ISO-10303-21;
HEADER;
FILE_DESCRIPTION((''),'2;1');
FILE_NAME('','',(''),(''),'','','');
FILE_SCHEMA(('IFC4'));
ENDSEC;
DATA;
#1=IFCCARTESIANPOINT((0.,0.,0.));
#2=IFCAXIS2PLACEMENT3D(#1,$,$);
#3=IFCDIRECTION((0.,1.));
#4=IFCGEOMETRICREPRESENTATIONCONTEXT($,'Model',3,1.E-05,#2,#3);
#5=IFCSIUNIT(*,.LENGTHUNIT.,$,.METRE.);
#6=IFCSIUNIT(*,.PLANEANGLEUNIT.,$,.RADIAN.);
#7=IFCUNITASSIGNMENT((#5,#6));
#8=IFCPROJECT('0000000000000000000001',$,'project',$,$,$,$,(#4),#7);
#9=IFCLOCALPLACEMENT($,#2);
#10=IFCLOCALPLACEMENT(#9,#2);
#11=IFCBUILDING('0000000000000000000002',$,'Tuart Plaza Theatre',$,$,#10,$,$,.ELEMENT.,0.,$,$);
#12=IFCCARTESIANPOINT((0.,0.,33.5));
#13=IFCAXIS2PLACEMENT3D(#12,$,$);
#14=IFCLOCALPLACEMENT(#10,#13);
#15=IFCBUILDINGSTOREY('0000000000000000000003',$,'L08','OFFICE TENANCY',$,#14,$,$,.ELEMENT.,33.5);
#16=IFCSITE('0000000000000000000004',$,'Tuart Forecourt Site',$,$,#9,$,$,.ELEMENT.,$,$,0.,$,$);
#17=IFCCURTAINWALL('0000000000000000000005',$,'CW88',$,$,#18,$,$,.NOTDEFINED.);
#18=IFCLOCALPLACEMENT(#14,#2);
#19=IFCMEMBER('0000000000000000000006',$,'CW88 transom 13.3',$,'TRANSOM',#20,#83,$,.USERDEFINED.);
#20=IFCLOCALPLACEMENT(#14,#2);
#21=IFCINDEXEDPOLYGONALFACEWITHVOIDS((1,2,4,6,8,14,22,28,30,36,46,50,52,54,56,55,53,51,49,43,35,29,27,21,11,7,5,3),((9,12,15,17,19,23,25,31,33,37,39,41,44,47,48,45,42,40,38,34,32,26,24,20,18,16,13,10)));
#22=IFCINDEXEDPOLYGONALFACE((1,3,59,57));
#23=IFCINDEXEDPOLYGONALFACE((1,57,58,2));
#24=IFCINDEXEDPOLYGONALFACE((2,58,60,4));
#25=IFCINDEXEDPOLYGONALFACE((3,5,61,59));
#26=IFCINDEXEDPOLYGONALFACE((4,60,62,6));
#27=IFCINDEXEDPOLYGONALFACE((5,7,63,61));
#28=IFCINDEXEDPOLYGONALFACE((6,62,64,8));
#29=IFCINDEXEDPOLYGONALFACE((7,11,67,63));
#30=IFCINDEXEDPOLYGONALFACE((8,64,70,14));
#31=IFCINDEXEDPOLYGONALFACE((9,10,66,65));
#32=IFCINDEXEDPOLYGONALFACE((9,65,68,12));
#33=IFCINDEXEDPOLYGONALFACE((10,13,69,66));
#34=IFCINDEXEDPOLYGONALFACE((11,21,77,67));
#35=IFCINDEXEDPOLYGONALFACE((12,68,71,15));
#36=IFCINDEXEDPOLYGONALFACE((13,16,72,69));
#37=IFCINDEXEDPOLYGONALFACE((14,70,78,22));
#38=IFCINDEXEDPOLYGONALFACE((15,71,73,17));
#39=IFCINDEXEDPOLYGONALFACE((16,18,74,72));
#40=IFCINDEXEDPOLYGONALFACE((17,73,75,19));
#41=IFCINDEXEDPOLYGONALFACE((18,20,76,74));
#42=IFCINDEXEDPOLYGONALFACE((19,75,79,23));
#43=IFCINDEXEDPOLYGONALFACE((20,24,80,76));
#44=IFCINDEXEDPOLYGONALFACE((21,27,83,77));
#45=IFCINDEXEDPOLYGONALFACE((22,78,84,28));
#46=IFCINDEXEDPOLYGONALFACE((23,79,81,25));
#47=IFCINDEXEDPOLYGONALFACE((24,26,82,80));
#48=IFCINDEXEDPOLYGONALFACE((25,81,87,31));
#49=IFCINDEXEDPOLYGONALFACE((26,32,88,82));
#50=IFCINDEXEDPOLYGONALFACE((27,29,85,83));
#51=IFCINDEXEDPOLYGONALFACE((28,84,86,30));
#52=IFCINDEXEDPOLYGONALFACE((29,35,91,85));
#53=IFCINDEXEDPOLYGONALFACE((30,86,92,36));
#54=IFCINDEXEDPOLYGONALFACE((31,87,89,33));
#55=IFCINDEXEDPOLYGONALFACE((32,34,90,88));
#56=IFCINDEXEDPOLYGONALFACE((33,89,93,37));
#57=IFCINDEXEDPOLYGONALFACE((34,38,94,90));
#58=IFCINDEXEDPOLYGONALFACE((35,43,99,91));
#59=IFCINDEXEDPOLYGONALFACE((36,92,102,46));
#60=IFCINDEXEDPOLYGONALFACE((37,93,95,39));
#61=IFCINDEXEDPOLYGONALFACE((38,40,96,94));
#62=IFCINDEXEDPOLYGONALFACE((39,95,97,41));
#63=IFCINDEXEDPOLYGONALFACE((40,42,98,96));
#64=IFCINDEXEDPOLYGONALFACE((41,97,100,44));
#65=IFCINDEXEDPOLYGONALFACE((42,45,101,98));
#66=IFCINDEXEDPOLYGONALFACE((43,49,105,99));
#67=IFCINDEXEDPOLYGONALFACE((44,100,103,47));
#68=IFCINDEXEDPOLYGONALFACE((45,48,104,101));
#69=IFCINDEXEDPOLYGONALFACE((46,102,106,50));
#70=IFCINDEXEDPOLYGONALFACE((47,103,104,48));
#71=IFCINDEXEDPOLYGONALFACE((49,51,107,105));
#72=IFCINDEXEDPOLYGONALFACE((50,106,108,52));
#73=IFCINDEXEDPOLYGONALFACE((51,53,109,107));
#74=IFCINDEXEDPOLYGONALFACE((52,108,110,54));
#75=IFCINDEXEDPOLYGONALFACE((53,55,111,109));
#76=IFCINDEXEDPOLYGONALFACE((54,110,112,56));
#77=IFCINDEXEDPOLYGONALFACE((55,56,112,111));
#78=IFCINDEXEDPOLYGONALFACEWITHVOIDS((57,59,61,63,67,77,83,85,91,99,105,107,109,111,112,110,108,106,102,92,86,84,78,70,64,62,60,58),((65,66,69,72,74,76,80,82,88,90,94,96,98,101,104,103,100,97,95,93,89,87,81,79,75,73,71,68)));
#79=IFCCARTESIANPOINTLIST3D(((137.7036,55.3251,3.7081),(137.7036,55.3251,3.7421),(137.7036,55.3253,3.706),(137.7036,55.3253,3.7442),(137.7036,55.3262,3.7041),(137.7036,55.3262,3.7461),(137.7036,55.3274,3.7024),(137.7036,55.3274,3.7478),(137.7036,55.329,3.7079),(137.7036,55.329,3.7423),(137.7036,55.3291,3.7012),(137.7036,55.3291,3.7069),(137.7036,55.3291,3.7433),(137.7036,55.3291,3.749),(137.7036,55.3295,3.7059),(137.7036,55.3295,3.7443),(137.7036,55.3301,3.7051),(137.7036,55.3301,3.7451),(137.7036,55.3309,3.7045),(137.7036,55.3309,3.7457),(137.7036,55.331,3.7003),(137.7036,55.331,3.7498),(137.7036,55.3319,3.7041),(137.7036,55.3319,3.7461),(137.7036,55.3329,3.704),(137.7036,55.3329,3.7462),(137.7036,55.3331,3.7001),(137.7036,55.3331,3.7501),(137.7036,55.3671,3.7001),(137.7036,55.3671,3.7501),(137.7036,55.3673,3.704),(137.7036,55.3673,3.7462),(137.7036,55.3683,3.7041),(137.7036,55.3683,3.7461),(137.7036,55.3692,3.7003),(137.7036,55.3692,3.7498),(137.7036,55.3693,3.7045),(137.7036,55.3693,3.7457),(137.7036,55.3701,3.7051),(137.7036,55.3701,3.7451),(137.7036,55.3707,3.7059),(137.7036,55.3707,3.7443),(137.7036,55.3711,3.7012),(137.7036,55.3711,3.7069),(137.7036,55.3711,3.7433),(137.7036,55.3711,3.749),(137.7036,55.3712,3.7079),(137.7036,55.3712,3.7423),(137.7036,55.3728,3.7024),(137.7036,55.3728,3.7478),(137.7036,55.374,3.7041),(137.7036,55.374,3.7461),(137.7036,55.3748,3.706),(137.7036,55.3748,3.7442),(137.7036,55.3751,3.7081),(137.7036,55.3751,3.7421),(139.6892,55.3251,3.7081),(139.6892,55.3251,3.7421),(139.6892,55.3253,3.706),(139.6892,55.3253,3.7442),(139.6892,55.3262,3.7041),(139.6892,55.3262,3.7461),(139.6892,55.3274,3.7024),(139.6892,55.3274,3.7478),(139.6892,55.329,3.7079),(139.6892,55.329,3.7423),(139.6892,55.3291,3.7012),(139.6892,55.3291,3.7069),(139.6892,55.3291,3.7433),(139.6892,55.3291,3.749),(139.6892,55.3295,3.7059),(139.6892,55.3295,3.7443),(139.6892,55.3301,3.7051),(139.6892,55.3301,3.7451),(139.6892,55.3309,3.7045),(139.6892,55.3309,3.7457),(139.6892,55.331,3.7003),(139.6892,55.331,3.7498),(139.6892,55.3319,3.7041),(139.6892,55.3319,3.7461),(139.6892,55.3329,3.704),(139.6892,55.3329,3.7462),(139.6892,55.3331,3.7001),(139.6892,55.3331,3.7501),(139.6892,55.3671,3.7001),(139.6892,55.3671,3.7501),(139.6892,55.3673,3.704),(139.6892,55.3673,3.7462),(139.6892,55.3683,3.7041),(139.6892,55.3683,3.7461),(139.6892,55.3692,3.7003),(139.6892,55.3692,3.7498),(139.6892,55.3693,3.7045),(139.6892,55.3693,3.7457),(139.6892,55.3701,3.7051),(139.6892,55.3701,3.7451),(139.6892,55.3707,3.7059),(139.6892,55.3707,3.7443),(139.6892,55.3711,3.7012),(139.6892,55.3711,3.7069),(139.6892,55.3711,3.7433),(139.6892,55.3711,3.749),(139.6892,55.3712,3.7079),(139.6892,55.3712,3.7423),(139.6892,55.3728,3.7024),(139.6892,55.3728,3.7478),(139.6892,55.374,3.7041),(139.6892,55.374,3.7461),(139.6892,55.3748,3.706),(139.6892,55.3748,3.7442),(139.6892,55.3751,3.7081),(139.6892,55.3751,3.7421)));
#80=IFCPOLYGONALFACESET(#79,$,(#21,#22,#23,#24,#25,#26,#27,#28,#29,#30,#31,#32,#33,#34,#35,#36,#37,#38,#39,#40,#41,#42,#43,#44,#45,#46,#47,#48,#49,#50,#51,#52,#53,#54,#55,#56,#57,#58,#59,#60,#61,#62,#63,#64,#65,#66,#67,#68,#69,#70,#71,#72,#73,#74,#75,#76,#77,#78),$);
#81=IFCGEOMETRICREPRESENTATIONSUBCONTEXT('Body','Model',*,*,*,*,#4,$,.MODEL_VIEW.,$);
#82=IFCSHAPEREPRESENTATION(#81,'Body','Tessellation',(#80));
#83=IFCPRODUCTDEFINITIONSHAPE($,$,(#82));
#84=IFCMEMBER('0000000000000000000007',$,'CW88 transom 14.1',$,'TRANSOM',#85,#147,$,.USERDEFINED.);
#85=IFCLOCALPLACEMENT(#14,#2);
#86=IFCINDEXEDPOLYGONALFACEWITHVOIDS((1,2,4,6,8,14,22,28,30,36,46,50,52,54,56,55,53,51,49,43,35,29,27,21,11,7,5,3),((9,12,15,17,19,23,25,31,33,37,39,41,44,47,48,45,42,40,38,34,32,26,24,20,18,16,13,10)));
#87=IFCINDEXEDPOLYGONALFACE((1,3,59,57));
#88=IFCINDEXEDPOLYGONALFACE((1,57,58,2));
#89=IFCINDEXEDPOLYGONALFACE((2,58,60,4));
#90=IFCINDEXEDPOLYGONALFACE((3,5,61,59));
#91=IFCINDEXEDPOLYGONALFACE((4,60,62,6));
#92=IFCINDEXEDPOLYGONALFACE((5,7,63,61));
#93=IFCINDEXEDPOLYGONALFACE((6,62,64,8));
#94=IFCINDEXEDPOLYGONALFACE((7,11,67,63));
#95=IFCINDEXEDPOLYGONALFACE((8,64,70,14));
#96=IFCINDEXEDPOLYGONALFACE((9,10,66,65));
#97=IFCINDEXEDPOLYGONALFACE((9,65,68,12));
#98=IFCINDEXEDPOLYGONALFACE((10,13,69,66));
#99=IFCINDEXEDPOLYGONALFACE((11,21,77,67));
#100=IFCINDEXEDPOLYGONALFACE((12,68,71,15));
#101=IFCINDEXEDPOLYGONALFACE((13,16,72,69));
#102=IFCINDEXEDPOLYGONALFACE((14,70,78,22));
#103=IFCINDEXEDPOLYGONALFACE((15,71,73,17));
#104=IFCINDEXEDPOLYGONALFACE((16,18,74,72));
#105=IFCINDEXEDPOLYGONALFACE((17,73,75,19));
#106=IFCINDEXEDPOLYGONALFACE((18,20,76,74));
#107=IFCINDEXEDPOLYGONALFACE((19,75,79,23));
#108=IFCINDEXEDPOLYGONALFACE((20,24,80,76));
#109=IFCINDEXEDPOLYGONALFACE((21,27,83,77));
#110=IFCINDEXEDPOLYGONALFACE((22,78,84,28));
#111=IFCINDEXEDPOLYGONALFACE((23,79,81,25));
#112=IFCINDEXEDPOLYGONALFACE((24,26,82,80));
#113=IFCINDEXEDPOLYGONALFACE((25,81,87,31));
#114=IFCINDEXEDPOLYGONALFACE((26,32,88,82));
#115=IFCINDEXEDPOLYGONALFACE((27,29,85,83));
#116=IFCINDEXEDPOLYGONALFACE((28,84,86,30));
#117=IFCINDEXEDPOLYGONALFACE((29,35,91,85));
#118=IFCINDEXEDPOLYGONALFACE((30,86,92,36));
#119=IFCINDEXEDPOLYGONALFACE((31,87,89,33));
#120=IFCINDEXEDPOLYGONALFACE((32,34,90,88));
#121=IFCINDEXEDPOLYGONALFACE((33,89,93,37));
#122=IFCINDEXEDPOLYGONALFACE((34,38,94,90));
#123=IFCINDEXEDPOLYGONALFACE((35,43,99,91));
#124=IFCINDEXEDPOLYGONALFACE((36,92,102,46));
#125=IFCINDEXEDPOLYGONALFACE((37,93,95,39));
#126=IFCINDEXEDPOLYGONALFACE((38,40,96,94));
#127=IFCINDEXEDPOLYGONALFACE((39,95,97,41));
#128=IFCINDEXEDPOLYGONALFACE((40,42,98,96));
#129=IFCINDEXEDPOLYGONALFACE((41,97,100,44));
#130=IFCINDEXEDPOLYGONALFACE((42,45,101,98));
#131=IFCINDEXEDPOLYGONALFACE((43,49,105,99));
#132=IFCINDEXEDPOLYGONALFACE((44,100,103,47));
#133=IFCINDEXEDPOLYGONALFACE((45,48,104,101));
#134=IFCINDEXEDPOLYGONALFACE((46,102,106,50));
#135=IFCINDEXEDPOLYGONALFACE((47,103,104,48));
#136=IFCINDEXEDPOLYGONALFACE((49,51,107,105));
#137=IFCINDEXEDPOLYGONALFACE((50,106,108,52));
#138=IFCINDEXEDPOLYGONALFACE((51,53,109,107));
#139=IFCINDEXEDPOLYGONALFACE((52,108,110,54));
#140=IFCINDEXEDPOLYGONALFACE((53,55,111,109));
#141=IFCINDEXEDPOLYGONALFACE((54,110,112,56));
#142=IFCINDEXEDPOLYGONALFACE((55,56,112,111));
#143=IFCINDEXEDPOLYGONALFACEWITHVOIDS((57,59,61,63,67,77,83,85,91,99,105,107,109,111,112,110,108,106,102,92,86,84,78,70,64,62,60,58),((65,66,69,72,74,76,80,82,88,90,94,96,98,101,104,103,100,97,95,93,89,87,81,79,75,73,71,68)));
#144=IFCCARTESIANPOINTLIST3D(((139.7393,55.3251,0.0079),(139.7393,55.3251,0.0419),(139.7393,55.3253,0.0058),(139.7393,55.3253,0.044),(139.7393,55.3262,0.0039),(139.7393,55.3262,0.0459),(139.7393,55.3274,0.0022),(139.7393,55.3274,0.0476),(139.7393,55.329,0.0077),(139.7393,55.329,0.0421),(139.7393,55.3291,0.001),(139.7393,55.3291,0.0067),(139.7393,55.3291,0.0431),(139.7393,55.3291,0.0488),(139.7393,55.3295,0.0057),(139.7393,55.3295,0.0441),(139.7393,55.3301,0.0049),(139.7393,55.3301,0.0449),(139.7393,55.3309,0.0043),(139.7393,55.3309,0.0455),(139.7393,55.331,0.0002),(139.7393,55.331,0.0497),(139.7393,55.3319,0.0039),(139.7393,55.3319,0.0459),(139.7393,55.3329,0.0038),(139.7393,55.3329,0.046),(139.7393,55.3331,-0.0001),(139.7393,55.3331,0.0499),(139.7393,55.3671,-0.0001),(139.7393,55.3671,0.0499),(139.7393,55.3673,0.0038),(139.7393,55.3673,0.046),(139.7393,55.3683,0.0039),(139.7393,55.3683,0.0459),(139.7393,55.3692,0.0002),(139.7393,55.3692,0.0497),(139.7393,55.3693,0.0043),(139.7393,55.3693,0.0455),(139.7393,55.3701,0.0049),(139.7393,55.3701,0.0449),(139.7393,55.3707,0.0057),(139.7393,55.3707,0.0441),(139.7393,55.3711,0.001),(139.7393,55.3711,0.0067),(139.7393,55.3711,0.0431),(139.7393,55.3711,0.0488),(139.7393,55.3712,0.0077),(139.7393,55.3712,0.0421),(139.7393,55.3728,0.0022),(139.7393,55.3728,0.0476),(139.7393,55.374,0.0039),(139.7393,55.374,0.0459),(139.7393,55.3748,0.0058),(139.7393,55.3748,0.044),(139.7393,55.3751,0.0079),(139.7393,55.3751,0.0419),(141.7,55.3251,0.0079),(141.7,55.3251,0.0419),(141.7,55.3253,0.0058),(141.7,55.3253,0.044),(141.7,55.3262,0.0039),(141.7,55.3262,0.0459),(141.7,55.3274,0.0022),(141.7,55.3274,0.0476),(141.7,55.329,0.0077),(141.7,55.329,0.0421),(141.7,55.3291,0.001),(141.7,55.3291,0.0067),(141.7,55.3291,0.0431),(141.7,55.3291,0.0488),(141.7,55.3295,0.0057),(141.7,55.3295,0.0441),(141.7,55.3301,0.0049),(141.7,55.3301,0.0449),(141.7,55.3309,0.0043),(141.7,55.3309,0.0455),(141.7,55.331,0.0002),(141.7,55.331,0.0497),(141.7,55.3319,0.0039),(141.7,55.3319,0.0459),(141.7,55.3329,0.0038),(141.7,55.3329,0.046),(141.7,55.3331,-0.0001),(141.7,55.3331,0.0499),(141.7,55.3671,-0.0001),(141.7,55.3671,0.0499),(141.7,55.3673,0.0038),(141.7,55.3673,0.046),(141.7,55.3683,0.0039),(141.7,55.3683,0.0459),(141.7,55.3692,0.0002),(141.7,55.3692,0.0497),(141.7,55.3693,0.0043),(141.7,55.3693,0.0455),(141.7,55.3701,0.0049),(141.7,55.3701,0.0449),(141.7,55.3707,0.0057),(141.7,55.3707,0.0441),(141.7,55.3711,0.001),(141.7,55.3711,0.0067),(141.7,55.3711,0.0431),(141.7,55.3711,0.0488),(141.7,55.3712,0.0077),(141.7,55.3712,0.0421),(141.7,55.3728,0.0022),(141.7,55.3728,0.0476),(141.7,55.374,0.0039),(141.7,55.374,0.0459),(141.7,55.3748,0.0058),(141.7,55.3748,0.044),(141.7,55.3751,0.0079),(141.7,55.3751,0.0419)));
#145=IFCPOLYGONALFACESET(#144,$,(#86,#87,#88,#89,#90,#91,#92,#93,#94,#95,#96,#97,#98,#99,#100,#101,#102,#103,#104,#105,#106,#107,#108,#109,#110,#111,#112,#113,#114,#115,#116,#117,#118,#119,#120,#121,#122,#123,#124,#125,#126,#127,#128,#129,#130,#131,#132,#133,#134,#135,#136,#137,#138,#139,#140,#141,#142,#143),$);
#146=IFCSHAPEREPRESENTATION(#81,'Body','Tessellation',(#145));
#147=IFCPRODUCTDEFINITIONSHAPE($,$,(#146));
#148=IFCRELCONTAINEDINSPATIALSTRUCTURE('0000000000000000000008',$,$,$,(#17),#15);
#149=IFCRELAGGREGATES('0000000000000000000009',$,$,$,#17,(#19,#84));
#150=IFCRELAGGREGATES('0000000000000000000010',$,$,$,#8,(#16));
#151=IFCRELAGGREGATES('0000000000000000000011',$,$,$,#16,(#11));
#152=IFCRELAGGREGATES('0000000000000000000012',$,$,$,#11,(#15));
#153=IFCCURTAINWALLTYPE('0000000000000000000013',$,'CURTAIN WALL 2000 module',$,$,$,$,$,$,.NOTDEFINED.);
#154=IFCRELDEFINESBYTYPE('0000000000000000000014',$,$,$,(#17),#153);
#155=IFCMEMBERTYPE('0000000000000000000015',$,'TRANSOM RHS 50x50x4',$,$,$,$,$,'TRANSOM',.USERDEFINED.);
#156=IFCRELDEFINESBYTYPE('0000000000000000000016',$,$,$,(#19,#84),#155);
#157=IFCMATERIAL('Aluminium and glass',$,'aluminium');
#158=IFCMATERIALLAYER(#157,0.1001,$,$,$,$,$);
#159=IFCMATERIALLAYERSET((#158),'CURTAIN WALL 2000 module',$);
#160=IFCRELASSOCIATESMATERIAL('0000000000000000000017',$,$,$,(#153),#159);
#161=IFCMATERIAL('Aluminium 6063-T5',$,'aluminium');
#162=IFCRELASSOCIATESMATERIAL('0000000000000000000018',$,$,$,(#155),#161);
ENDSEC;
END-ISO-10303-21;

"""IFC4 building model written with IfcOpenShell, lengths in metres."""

from ifc_helpers import new_model, si_unit, direction, frame, origin, origin_2d, place, context, subcontext, project, spatial, hollow_rectangle, extrude, material, layer, layer_set, material_profile, profile_set, type_object, element, aggregate, save


model = new_model("IFC4")

# Units and contexts
model_context = context("Model", 3, precision=1e-05, world=origin(), true_north=direction((0.0, 1.0)))
body_context = subcontext(model_context, "Body", "Model", "MODEL_VIEW")
ifc_project = project(units=[si_unit("LENGTHUNIT", "METRE"), si_unit("PLANEANGLEUNIT", "RADIAN")], contexts=[model_context])

# Site, building, storey
site_placement = place(None, origin())
site = spatial("IfcSite", under=ifc_project, at=site_placement, Name="Tuart Forecourt Site", CompositionType="ELEMENT", RefElevation=0.0)
building_placement = place(site_placement, origin())
building = spatial("IfcBuilding", under=site, at=building_placement, Name="Tuart Plaza Theatre", CompositionType="ELEMENT", ElevationOfRefHeight=0.0)
storey_placement = place(building_placement, frame((0.0, 0.0, 33.5)))
storey = spatial("IfcBuildingStorey", under=building, at=storey_placement, Name="L08", Description="OFFICE TENANCY", CompositionType="ELEMENT", Elevation=33.5)

# Curtain wall, members
ifc_material_1 = material(Name="Aluminium and glass", Category="aluminium")
ifc_layer_1 = layer(ifc_material_1, 0.1001)
ifc_layer_set_1 = layer_set([ifc_layer_1], Name="CURTAIN WALL 2000 module")
curtain_wall_type = type_object("IfcCurtainWallType", Name="CURTAIN WALL 2000 module", PredefinedType="NOTDEFINED", material=ifc_layer_set_1)
curtain_wall_placement = place(storey_placement, origin())
curtain_wall = element("IfcCurtainWall", 1, at=curtain_wall_placement, inside=storey, type_object=curtain_wall_type, Name="CW88", PredefinedType="NOTDEFINED")
ifc_material_2 = material(Name="Aluminium 6063-T5", Category="aluminium")
ifc_material_profile_1 = material_profile(ifc_material_2, hollow_rectangle(XDim=0.05, YDim=0.05, WallThickness=0.0039, InnerFilletRadius=0.0039, OuterFilletRadius=0.0081, at=origin_2d()), Name="RHS 50x50x4")
ifc_profile_set_1 = profile_set([ifc_material_profile_1], Name="Aluminium 6063-T5")
member_type_1 = type_object("IfcMemberType", Name="TRANSOM RHS 50x50x4", ElementType="TRANSOM", PredefinedType="USERDEFINED", material=ifc_profile_set_1)
member_1_placement = place(storey_placement, frame((137.7036, 55.3501, 3.7251), z_axis=(1.0, 0.0, 0.0), x_axis=(0.0, 1.0, 0.0)))
member_1 = element("IfcMember", 2, at=member_1_placement, type_object=member_type_1, Name="CW88 transom 13.3", ObjectType="TRANSOM", PredefinedType="USERDEFINED", context=body_context, shape_type="SweptSolid", body=[
    extrude(hollow_rectangle(XDim=0.05, YDim=0.05, WallThickness=0.0039, InnerFilletRadius=0.0039, OuterFilletRadius=0.0081, at=origin_2d()), origin(), (0.0, 0.0, 1.0), 1.9856),
])
member_2_placement = place(storey_placement, frame((139.7393, 55.3501, 0.0249), z_axis=(1.0, 0.0, 0.0), x_axis=(0.0, 1.0, 0.0)))
member_2 = element("IfcMember", 3, at=member_2_placement, type_object=member_type_1, Name="CW88 transom 14.1", ObjectType="TRANSOM", PredefinedType="USERDEFINED", context=body_context, shape_type="SweptSolid", body=[
    extrude(hollow_rectangle(XDim=0.05, YDim=0.05, WallThickness=0.0039, InnerFilletRadius=0.0039, OuterFilletRadius=0.0081, at=origin_2d()), origin(), (0.0, 0.0, 1.0), 1.9607),
])
aggregate(curtain_wall, [member_1, member_2])

save(model, "model.ifc")
